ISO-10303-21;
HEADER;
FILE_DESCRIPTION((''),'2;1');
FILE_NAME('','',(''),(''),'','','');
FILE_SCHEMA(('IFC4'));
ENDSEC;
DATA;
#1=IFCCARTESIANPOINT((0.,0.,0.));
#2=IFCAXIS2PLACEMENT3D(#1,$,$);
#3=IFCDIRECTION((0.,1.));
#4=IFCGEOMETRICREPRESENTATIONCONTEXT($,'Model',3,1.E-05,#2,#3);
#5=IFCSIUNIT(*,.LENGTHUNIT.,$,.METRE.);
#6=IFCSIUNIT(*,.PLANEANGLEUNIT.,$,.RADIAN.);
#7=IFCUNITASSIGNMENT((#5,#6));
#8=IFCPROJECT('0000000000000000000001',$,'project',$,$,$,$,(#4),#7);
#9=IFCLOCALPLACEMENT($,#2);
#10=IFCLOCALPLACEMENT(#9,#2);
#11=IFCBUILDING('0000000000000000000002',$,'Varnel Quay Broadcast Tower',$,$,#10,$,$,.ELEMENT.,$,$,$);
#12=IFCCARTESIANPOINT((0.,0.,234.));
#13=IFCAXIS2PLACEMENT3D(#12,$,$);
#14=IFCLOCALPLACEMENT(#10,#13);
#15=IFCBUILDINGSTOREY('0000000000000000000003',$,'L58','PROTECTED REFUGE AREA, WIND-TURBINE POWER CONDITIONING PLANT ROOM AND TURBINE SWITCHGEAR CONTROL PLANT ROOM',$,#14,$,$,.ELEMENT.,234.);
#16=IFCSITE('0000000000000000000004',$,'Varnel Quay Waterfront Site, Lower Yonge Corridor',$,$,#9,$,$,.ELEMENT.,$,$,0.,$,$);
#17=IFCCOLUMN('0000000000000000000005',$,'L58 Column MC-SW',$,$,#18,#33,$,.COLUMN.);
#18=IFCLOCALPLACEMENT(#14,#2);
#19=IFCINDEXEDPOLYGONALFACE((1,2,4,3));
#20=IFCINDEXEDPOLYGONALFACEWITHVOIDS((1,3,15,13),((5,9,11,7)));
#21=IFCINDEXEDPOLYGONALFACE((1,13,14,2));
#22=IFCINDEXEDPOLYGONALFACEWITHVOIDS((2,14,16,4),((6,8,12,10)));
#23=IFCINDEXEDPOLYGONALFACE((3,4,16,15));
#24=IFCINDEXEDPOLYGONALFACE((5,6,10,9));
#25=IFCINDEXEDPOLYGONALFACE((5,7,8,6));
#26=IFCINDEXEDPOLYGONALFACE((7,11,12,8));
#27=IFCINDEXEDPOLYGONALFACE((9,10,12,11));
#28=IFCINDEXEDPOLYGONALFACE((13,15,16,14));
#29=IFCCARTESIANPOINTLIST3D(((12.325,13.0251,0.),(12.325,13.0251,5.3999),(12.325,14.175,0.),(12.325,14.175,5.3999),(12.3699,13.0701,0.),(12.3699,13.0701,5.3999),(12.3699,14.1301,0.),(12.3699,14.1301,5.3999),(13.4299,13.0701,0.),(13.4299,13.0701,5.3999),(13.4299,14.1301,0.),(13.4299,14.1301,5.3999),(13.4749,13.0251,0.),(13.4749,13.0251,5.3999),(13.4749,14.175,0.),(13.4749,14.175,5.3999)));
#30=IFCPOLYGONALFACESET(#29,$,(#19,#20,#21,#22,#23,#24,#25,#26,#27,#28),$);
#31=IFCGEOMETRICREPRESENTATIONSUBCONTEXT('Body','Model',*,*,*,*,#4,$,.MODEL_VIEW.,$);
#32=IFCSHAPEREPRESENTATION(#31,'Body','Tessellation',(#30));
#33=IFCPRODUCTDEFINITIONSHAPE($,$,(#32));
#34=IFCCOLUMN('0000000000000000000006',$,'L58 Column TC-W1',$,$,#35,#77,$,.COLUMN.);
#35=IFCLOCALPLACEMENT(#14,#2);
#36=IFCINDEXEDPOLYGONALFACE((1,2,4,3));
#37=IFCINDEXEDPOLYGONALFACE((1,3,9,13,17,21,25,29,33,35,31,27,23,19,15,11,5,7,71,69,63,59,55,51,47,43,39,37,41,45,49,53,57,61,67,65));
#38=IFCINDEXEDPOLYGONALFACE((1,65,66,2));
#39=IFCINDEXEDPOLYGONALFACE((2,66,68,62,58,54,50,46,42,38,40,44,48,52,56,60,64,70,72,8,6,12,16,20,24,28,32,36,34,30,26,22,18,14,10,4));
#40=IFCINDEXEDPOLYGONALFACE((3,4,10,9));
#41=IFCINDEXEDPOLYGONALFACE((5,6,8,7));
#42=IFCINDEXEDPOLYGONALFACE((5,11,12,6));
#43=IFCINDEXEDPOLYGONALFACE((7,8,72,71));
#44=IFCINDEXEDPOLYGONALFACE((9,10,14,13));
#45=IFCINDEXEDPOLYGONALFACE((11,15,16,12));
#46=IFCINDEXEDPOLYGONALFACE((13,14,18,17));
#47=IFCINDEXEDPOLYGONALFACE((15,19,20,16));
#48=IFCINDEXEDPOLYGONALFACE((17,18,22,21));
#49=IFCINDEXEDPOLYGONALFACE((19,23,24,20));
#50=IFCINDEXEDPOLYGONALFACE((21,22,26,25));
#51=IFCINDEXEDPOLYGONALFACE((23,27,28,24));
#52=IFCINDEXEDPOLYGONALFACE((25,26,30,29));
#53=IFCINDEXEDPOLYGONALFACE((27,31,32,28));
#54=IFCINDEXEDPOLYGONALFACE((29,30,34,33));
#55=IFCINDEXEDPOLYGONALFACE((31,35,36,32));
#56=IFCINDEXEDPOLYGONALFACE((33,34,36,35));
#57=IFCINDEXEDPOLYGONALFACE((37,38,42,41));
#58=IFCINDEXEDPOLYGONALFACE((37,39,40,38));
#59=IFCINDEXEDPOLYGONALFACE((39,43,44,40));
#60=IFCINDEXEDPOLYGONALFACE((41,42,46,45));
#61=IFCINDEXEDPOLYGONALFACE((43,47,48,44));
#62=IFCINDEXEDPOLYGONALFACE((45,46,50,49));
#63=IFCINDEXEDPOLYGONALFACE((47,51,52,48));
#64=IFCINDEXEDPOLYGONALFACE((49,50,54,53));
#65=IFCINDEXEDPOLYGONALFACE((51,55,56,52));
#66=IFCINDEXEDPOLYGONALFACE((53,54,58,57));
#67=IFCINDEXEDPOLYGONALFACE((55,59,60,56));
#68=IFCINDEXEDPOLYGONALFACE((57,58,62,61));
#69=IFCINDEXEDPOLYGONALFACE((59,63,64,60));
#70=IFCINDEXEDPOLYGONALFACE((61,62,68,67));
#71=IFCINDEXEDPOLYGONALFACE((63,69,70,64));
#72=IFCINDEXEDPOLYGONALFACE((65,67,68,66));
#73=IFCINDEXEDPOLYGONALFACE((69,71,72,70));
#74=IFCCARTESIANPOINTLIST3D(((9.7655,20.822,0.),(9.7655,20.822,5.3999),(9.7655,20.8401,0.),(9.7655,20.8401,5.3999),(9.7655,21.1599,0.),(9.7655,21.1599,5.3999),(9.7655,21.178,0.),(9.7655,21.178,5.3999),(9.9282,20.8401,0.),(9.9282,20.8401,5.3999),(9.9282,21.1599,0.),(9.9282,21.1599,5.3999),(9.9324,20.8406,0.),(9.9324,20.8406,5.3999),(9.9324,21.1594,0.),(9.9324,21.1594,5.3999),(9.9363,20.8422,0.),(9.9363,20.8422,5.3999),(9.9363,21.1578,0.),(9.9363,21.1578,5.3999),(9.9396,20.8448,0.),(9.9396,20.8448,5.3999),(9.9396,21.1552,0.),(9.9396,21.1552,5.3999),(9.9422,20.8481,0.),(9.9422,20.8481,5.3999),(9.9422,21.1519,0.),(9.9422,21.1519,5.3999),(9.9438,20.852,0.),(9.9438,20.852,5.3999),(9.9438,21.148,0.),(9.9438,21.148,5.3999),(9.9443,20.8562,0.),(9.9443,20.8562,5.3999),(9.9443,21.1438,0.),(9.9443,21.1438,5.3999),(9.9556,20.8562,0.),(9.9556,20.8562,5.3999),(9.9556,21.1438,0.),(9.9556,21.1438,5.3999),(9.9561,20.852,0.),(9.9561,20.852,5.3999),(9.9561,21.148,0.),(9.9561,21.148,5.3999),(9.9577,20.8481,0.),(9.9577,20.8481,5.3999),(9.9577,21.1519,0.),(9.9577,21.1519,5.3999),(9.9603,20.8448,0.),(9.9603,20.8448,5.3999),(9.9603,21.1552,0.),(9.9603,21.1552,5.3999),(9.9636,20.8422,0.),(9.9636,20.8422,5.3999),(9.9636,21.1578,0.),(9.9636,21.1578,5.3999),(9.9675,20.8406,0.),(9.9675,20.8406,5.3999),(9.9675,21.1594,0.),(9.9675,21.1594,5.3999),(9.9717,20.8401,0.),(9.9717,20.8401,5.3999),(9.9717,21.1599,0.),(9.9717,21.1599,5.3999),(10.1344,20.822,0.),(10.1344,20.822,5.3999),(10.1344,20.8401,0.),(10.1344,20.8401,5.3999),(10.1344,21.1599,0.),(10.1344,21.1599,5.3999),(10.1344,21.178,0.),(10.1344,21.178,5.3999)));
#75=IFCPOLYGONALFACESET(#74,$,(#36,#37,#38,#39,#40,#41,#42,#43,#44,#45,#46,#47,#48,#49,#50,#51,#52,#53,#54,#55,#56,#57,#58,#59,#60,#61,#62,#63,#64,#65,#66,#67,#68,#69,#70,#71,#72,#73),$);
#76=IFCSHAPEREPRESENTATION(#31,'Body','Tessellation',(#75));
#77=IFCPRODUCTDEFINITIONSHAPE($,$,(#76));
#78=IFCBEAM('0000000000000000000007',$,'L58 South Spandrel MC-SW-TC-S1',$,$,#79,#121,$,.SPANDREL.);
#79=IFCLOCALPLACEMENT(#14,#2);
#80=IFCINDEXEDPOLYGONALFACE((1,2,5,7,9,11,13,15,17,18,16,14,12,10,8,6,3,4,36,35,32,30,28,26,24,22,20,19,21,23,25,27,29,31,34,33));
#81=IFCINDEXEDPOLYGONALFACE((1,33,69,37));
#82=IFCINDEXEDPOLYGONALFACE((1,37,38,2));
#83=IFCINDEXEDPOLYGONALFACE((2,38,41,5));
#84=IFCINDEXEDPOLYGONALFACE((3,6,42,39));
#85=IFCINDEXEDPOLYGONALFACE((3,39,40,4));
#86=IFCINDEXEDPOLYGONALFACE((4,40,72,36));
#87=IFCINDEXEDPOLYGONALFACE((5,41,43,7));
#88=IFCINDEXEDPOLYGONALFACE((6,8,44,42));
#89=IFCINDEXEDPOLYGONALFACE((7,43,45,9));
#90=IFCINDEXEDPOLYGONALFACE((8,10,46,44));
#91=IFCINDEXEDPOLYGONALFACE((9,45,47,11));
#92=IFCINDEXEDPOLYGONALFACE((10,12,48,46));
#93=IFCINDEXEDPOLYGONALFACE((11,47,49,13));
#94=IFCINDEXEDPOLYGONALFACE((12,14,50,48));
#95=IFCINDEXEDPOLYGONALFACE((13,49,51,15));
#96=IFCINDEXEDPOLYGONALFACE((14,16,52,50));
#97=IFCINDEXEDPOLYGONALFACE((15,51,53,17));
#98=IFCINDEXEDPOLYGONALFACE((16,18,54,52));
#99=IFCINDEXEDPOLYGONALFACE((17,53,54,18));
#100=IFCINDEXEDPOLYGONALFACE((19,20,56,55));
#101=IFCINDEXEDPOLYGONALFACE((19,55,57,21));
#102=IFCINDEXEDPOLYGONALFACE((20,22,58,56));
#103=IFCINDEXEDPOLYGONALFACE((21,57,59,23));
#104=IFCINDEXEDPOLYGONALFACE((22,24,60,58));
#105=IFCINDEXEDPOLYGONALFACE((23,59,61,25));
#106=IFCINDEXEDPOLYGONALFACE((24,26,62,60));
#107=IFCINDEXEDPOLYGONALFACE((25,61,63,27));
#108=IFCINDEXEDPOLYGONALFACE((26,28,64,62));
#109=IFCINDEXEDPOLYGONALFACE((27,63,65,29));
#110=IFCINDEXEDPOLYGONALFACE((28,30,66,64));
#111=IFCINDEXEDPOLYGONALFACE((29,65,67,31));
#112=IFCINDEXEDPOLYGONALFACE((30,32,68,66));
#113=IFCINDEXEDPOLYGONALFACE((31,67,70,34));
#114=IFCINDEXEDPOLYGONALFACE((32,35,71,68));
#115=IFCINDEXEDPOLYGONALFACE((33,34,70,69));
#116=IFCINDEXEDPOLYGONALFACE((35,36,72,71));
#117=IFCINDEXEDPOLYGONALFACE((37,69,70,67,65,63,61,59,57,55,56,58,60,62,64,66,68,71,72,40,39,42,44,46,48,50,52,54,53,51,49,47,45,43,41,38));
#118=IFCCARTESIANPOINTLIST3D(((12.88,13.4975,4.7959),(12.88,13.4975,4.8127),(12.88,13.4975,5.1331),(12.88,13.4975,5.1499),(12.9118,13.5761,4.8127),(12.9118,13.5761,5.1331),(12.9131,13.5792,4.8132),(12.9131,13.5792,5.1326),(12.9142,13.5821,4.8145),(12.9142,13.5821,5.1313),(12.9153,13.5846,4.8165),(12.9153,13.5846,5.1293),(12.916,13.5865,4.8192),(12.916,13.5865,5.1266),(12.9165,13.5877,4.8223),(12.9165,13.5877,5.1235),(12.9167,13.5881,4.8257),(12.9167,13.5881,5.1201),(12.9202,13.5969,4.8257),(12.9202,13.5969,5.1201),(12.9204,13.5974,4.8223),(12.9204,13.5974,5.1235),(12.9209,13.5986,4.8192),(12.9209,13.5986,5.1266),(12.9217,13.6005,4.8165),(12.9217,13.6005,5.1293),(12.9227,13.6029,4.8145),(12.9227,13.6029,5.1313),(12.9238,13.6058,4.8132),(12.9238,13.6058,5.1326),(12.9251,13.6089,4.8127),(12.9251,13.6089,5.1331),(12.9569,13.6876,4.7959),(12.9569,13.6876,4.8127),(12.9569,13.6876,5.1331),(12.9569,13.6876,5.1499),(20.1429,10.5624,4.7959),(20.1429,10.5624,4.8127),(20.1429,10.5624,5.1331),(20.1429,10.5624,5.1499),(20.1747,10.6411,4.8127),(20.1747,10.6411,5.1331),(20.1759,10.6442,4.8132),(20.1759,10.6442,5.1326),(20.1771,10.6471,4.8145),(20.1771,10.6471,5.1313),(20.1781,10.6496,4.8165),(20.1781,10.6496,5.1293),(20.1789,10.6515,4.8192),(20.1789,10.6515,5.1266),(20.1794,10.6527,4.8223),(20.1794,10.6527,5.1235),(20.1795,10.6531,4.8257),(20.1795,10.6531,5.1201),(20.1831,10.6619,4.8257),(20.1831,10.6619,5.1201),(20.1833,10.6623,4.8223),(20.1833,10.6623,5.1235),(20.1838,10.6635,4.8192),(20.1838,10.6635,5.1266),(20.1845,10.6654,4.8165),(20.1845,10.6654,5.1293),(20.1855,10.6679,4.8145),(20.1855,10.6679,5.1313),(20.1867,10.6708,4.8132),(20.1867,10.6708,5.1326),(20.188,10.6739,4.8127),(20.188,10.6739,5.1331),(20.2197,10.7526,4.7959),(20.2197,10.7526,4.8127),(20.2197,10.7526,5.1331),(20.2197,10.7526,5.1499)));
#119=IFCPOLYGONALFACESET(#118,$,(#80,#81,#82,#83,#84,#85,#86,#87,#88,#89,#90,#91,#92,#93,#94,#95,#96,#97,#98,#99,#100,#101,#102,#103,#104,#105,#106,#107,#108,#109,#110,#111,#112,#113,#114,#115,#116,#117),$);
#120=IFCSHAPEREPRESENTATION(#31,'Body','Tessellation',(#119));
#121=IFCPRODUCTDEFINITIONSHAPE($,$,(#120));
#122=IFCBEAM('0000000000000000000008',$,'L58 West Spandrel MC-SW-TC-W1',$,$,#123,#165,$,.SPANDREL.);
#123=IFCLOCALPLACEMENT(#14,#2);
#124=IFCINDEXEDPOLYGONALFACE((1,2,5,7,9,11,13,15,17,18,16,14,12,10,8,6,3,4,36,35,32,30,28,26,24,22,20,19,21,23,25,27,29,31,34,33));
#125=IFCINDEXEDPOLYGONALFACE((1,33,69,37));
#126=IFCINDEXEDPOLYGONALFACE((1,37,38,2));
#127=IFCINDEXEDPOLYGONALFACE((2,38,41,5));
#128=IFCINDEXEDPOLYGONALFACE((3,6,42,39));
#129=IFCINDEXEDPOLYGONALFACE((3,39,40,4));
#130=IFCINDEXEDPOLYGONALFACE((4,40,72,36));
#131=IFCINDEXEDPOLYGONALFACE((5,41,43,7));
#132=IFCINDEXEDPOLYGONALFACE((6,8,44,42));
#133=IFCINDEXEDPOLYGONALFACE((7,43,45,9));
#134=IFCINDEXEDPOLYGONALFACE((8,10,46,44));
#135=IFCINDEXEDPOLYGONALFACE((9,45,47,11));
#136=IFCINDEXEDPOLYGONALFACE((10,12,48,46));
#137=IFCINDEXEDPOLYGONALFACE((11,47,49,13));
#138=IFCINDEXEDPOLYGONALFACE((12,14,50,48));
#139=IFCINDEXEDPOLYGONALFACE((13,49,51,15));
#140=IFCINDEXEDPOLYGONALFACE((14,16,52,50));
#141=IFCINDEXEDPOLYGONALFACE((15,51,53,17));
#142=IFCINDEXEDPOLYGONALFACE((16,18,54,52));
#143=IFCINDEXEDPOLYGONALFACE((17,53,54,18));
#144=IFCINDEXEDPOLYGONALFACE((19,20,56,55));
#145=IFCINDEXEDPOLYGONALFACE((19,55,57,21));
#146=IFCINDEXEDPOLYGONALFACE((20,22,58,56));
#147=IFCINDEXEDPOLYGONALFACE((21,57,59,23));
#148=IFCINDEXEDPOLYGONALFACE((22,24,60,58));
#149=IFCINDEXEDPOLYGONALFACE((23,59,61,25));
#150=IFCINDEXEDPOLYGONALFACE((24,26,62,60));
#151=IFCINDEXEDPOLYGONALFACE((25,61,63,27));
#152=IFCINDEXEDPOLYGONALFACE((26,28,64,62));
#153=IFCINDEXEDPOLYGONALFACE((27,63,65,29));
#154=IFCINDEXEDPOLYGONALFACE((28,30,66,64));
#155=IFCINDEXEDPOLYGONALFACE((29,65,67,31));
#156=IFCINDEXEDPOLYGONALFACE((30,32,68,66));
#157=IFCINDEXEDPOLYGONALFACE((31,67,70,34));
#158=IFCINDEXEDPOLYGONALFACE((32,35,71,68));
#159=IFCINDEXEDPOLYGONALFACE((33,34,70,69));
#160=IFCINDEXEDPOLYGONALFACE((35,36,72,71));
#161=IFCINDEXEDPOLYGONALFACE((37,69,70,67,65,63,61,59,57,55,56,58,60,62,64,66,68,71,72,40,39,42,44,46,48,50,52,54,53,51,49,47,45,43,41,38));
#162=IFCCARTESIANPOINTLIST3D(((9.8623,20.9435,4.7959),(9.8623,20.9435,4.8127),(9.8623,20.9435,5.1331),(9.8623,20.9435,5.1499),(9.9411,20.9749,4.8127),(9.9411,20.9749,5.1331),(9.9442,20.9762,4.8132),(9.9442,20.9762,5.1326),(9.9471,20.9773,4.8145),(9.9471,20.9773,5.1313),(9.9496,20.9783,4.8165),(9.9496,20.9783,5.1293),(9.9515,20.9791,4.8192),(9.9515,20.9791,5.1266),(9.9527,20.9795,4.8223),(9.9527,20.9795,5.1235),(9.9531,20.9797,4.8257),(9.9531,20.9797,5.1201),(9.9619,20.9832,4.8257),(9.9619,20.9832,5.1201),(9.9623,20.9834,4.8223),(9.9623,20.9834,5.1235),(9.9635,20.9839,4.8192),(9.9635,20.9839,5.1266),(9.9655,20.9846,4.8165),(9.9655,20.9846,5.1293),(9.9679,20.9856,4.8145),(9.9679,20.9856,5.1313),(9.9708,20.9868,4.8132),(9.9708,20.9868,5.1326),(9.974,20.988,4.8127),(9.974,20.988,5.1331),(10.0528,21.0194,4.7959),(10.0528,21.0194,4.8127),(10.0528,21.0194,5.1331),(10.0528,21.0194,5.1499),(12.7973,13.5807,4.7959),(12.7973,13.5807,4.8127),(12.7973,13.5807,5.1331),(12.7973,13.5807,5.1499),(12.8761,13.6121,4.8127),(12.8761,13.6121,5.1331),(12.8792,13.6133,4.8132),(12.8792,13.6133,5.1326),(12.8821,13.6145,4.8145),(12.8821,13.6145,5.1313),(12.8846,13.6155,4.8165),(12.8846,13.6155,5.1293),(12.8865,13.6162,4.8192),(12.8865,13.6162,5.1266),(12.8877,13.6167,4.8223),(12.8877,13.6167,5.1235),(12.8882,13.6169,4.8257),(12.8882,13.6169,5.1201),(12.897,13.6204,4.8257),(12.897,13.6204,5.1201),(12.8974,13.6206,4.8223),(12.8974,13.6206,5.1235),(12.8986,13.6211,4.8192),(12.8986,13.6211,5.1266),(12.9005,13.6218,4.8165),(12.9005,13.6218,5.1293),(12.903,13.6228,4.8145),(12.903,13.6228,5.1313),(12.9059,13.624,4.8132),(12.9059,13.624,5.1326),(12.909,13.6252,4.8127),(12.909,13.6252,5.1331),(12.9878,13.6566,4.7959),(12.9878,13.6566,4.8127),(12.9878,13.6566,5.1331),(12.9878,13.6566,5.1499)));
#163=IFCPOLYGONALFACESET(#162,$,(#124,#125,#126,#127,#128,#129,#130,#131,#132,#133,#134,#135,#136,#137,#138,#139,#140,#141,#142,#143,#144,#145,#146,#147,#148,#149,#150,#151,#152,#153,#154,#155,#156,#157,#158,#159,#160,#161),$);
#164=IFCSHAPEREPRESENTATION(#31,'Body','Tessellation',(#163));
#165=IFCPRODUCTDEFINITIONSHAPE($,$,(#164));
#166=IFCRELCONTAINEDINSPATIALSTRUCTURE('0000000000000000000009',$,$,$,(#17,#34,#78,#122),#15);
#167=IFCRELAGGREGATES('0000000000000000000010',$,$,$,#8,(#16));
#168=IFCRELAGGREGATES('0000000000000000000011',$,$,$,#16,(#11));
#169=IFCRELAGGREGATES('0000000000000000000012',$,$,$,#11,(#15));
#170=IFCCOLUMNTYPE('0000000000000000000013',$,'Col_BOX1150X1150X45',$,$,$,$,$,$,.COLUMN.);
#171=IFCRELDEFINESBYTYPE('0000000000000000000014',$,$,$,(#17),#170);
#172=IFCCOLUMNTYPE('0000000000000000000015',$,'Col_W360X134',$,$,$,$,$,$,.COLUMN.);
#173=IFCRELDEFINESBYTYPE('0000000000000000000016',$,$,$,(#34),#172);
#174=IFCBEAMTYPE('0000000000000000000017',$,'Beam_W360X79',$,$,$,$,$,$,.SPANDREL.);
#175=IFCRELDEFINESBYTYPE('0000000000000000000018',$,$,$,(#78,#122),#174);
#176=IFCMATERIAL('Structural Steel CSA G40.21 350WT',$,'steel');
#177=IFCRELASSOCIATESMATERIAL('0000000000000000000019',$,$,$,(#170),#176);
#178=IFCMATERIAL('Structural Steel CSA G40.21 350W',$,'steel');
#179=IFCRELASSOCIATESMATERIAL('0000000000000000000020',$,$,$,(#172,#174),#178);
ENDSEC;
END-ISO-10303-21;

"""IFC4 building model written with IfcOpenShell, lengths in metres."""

from ifc_helpers import new_model, si_unit, direction, frame, origin, origin_2d, place, context, subcontext, project, spatial, hollow_rectangle, i_section, extrude, source, transform, mapped, material, material_profile, profile_set, type_object, type_shapes, element, save


model = new_model("IFC4")

# Units and contexts
model_context = context("Model", 3, precision=1e-05, world=origin(), true_north=direction((0.0, 1.0)))
body_context = subcontext(model_context, "Body", "Model", "MODEL_VIEW")
ifc_project = project(units=[si_unit("LENGTHUNIT", "METRE"), si_unit("PLANEANGLEUNIT", "RADIAN")], contexts=[model_context])

# Site, building, storey
site_placement = place(None, origin())
site = spatial("IfcSite", under=ifc_project, at=site_placement, Name="Varnel Quay Waterfront Site, Lower Yonge Corridor", CompositionType="ELEMENT", RefElevation=0.0)
building_placement = place(site_placement, origin())
building = spatial("IfcBuilding", under=site, at=building_placement, Name="Varnel Quay Broadcast Tower", CompositionType="ELEMENT")
storey_placement = place(building_placement, frame((0.0, 0.0, 234.0)))
storey = spatial("IfcBuildingStorey", under=building, at=storey_placement, Name="L58", Description="PROTECTED REFUGE AREA, WIND-TURBINE POWER CONDITIONING PLANT ROOM AND TURBINE SWITCHGEAR CONTROL PLANT ROOM", CompositionType="ELEMENT", Elevation=234.0)

# Columns
ifc_material_1 = material(Name="Structural Steel CSA G40.21 350WT", Category="steel")
ifc_material_profile_1 = material_profile(ifc_material_1, hollow_rectangle(XDim=1.1499, YDim=1.1499, WallThickness=0.0449, at=origin_2d()), Name="BOX1150X1150X45")
ifc_profile_set_1 = profile_set([ifc_material_profile_1], Name="Structural Steel CSA G40.21 350WT")
column_type_1 = type_object("IfcColumnType", Name="Col_BOX1150X1150X45", PredefinedType="COLUMN", material=ifc_profile_set_1)
shared_shape_1 = source(origin(), body_context, "Body", "SweptSolid", [
    extrude(hollow_rectangle(XDim=1.1499, YDim=1.1499, WallThickness=0.0449, at=origin_2d()), origin(), (0.0, 0.0, 1.0), 5.3999),
])
type_shapes(column_type_1, [shared_shape_1])
column_1_placement = place(storey_placement, frame((12.8999, 13.6001, 0.0), z_axis=(0.0, 0.0, 1.0), x_axis=(1.0, 0.0, 0.0)))
element("IfcColumn", 1, at=column_1_placement, inside=storey, type_object=column_type_1, Name="L58 Column MC-SW", PredefinedType="COLUMN", context=body_context, shape_type="MappedRepresentation", body=[
    mapped(shared_shape_1, transform((0.0, 0.0, 0.0), x_axis=(1.0, 0.0, 0.0), y_axis=(0.0, 1.0, 0.0), z_axis=(0.0, 0.0, 1.0), scale=1.0)),
])
ifc_material_2 = material(Name="Structural Steel CSA G40.21 350W", Category="steel")
ifc_material_profile_2 = material_profile(ifc_material_2, i_section(OverallWidth=0.3689, OverallDepth=0.356, WebThickness=0.0112, FlangeThickness=0.0181, FilletRadius=0.0161, at=origin_2d()), Name="W360X134")
ifc_profile_set_2 = profile_set([ifc_material_profile_2], Name="Structural Steel CSA G40.21 350W")
column_type_2 = type_object("IfcColumnType", Name="Col_W360X134", PredefinedType="COLUMN", material=ifc_profile_set_2)
shared_shape_2 = source(origin(), body_context, "Body", "SweptSolid", [
    extrude(i_section(OverallWidth=0.3689, OverallDepth=0.356, WebThickness=0.0112, FlangeThickness=0.0181, FilletRadius=0.0161, at=origin_2d()), origin(), (0.0, 0.0, 1.0), 5.3999),
])
type_shapes(column_type_2, [shared_shape_2])
column_2_placement = place(storey_placement, frame((9.95, 21.0, 0.0), z_axis=(0.0, 0.0, 1.0), x_axis=(1.0, 0.0, 0.0)))
element("IfcColumn", 2, at=column_2_placement, inside=storey, type_object=column_type_2, Name="L58 Column TC-W1", PredefinedType="COLUMN", context=body_context, shape_type="MappedRepresentation", body=[
    mapped(shared_shape_2, transform((0.0, 0.0, 0.0), x_axis=(1.0, 0.0, 0.0), y_axis=(0.0, 1.0, 0.0), z_axis=(0.0, 0.0, 1.0), scale=1.0)),
])

# Beams
ifc_material_profile_3 = material_profile(ifc_material_2, i_section(OverallWidth=0.2051, OverallDepth=0.354, WebThickness=0.0095, FlangeThickness=0.0168, FilletRadius=0.0129, at=origin_2d()), Name="W360X79")
ifc_profile_set_3 = profile_set([ifc_material_profile_3], Name="Structural Steel CSA G40.21 350W")
beam_type_1 = type_object("IfcBeamType", Name="Beam_W360X79", PredefinedType="SPANDREL", material=ifc_profile_set_3)
shared_shape_3 = source(origin(), body_context, "Body", "SweptSolid", [
    extrude(i_section(OverallWidth=0.2051, OverallDepth=0.354, WebThickness=0.0095, FlangeThickness=0.0168, FilletRadius=0.0129, at=origin_2d()), origin(), (0.0, 0.0, 1.0), 7.8335),
])
beam_1_placement = place(storey_placement, frame((12.9185, 13.5925, 4.9729), z_axis=(0.927155, -0.374677, 0.0), x_axis=(0.374677, 0.927155, 0.0)))
element("IfcBeam", 3, at=beam_1_placement, inside=storey, type_object=beam_type_1, Name="L58 South Spandrel MC-SW-TC-S1", PredefinedType="SPANDREL", context=body_context, shape_type="MappedRepresentation", body=[
    mapped(shared_shape_3, transform((0.0, 0.0, 0.0), x_axis=(1.0, 0.0, 0.0), y_axis=(0.0, 1.0, 0.0), z_axis=(0.0, 0.0, 1.0), scale=1.0)),
])
shared_shape_4 = source(origin(), body_context, "Body", "SweptSolid", [
    extrude(i_section(OverallWidth=0.2051, OverallDepth=0.354, WebThickness=0.0095, FlangeThickness=0.0168, FilletRadius=0.0129, at=origin_2d()), origin(), (0.0, 0.0, 1.0), 7.9263),
])
beam_2_placement = place(storey_placement, frame((12.8926, 13.6187, 4.9729), z_axis=(-0.370296, 0.928914, 0.0), x_axis=(-0.928914, -0.370296, 0.0)))
element("IfcBeam", 4, at=beam_2_placement, inside=storey, type_object=beam_type_1, Name="L58 West Spandrel MC-SW-TC-W1", PredefinedType="SPANDREL", context=body_context, shape_type="MappedRepresentation", body=[
    mapped(shared_shape_4, transform((0.0, 0.0, 0.0), x_axis=(1.0, 0.0, 0.0), y_axis=(0.0, 1.0, 0.0), z_axis=(0.0, 0.0, 1.0), scale=1.0)),
])

save(model, "model.ifc")
